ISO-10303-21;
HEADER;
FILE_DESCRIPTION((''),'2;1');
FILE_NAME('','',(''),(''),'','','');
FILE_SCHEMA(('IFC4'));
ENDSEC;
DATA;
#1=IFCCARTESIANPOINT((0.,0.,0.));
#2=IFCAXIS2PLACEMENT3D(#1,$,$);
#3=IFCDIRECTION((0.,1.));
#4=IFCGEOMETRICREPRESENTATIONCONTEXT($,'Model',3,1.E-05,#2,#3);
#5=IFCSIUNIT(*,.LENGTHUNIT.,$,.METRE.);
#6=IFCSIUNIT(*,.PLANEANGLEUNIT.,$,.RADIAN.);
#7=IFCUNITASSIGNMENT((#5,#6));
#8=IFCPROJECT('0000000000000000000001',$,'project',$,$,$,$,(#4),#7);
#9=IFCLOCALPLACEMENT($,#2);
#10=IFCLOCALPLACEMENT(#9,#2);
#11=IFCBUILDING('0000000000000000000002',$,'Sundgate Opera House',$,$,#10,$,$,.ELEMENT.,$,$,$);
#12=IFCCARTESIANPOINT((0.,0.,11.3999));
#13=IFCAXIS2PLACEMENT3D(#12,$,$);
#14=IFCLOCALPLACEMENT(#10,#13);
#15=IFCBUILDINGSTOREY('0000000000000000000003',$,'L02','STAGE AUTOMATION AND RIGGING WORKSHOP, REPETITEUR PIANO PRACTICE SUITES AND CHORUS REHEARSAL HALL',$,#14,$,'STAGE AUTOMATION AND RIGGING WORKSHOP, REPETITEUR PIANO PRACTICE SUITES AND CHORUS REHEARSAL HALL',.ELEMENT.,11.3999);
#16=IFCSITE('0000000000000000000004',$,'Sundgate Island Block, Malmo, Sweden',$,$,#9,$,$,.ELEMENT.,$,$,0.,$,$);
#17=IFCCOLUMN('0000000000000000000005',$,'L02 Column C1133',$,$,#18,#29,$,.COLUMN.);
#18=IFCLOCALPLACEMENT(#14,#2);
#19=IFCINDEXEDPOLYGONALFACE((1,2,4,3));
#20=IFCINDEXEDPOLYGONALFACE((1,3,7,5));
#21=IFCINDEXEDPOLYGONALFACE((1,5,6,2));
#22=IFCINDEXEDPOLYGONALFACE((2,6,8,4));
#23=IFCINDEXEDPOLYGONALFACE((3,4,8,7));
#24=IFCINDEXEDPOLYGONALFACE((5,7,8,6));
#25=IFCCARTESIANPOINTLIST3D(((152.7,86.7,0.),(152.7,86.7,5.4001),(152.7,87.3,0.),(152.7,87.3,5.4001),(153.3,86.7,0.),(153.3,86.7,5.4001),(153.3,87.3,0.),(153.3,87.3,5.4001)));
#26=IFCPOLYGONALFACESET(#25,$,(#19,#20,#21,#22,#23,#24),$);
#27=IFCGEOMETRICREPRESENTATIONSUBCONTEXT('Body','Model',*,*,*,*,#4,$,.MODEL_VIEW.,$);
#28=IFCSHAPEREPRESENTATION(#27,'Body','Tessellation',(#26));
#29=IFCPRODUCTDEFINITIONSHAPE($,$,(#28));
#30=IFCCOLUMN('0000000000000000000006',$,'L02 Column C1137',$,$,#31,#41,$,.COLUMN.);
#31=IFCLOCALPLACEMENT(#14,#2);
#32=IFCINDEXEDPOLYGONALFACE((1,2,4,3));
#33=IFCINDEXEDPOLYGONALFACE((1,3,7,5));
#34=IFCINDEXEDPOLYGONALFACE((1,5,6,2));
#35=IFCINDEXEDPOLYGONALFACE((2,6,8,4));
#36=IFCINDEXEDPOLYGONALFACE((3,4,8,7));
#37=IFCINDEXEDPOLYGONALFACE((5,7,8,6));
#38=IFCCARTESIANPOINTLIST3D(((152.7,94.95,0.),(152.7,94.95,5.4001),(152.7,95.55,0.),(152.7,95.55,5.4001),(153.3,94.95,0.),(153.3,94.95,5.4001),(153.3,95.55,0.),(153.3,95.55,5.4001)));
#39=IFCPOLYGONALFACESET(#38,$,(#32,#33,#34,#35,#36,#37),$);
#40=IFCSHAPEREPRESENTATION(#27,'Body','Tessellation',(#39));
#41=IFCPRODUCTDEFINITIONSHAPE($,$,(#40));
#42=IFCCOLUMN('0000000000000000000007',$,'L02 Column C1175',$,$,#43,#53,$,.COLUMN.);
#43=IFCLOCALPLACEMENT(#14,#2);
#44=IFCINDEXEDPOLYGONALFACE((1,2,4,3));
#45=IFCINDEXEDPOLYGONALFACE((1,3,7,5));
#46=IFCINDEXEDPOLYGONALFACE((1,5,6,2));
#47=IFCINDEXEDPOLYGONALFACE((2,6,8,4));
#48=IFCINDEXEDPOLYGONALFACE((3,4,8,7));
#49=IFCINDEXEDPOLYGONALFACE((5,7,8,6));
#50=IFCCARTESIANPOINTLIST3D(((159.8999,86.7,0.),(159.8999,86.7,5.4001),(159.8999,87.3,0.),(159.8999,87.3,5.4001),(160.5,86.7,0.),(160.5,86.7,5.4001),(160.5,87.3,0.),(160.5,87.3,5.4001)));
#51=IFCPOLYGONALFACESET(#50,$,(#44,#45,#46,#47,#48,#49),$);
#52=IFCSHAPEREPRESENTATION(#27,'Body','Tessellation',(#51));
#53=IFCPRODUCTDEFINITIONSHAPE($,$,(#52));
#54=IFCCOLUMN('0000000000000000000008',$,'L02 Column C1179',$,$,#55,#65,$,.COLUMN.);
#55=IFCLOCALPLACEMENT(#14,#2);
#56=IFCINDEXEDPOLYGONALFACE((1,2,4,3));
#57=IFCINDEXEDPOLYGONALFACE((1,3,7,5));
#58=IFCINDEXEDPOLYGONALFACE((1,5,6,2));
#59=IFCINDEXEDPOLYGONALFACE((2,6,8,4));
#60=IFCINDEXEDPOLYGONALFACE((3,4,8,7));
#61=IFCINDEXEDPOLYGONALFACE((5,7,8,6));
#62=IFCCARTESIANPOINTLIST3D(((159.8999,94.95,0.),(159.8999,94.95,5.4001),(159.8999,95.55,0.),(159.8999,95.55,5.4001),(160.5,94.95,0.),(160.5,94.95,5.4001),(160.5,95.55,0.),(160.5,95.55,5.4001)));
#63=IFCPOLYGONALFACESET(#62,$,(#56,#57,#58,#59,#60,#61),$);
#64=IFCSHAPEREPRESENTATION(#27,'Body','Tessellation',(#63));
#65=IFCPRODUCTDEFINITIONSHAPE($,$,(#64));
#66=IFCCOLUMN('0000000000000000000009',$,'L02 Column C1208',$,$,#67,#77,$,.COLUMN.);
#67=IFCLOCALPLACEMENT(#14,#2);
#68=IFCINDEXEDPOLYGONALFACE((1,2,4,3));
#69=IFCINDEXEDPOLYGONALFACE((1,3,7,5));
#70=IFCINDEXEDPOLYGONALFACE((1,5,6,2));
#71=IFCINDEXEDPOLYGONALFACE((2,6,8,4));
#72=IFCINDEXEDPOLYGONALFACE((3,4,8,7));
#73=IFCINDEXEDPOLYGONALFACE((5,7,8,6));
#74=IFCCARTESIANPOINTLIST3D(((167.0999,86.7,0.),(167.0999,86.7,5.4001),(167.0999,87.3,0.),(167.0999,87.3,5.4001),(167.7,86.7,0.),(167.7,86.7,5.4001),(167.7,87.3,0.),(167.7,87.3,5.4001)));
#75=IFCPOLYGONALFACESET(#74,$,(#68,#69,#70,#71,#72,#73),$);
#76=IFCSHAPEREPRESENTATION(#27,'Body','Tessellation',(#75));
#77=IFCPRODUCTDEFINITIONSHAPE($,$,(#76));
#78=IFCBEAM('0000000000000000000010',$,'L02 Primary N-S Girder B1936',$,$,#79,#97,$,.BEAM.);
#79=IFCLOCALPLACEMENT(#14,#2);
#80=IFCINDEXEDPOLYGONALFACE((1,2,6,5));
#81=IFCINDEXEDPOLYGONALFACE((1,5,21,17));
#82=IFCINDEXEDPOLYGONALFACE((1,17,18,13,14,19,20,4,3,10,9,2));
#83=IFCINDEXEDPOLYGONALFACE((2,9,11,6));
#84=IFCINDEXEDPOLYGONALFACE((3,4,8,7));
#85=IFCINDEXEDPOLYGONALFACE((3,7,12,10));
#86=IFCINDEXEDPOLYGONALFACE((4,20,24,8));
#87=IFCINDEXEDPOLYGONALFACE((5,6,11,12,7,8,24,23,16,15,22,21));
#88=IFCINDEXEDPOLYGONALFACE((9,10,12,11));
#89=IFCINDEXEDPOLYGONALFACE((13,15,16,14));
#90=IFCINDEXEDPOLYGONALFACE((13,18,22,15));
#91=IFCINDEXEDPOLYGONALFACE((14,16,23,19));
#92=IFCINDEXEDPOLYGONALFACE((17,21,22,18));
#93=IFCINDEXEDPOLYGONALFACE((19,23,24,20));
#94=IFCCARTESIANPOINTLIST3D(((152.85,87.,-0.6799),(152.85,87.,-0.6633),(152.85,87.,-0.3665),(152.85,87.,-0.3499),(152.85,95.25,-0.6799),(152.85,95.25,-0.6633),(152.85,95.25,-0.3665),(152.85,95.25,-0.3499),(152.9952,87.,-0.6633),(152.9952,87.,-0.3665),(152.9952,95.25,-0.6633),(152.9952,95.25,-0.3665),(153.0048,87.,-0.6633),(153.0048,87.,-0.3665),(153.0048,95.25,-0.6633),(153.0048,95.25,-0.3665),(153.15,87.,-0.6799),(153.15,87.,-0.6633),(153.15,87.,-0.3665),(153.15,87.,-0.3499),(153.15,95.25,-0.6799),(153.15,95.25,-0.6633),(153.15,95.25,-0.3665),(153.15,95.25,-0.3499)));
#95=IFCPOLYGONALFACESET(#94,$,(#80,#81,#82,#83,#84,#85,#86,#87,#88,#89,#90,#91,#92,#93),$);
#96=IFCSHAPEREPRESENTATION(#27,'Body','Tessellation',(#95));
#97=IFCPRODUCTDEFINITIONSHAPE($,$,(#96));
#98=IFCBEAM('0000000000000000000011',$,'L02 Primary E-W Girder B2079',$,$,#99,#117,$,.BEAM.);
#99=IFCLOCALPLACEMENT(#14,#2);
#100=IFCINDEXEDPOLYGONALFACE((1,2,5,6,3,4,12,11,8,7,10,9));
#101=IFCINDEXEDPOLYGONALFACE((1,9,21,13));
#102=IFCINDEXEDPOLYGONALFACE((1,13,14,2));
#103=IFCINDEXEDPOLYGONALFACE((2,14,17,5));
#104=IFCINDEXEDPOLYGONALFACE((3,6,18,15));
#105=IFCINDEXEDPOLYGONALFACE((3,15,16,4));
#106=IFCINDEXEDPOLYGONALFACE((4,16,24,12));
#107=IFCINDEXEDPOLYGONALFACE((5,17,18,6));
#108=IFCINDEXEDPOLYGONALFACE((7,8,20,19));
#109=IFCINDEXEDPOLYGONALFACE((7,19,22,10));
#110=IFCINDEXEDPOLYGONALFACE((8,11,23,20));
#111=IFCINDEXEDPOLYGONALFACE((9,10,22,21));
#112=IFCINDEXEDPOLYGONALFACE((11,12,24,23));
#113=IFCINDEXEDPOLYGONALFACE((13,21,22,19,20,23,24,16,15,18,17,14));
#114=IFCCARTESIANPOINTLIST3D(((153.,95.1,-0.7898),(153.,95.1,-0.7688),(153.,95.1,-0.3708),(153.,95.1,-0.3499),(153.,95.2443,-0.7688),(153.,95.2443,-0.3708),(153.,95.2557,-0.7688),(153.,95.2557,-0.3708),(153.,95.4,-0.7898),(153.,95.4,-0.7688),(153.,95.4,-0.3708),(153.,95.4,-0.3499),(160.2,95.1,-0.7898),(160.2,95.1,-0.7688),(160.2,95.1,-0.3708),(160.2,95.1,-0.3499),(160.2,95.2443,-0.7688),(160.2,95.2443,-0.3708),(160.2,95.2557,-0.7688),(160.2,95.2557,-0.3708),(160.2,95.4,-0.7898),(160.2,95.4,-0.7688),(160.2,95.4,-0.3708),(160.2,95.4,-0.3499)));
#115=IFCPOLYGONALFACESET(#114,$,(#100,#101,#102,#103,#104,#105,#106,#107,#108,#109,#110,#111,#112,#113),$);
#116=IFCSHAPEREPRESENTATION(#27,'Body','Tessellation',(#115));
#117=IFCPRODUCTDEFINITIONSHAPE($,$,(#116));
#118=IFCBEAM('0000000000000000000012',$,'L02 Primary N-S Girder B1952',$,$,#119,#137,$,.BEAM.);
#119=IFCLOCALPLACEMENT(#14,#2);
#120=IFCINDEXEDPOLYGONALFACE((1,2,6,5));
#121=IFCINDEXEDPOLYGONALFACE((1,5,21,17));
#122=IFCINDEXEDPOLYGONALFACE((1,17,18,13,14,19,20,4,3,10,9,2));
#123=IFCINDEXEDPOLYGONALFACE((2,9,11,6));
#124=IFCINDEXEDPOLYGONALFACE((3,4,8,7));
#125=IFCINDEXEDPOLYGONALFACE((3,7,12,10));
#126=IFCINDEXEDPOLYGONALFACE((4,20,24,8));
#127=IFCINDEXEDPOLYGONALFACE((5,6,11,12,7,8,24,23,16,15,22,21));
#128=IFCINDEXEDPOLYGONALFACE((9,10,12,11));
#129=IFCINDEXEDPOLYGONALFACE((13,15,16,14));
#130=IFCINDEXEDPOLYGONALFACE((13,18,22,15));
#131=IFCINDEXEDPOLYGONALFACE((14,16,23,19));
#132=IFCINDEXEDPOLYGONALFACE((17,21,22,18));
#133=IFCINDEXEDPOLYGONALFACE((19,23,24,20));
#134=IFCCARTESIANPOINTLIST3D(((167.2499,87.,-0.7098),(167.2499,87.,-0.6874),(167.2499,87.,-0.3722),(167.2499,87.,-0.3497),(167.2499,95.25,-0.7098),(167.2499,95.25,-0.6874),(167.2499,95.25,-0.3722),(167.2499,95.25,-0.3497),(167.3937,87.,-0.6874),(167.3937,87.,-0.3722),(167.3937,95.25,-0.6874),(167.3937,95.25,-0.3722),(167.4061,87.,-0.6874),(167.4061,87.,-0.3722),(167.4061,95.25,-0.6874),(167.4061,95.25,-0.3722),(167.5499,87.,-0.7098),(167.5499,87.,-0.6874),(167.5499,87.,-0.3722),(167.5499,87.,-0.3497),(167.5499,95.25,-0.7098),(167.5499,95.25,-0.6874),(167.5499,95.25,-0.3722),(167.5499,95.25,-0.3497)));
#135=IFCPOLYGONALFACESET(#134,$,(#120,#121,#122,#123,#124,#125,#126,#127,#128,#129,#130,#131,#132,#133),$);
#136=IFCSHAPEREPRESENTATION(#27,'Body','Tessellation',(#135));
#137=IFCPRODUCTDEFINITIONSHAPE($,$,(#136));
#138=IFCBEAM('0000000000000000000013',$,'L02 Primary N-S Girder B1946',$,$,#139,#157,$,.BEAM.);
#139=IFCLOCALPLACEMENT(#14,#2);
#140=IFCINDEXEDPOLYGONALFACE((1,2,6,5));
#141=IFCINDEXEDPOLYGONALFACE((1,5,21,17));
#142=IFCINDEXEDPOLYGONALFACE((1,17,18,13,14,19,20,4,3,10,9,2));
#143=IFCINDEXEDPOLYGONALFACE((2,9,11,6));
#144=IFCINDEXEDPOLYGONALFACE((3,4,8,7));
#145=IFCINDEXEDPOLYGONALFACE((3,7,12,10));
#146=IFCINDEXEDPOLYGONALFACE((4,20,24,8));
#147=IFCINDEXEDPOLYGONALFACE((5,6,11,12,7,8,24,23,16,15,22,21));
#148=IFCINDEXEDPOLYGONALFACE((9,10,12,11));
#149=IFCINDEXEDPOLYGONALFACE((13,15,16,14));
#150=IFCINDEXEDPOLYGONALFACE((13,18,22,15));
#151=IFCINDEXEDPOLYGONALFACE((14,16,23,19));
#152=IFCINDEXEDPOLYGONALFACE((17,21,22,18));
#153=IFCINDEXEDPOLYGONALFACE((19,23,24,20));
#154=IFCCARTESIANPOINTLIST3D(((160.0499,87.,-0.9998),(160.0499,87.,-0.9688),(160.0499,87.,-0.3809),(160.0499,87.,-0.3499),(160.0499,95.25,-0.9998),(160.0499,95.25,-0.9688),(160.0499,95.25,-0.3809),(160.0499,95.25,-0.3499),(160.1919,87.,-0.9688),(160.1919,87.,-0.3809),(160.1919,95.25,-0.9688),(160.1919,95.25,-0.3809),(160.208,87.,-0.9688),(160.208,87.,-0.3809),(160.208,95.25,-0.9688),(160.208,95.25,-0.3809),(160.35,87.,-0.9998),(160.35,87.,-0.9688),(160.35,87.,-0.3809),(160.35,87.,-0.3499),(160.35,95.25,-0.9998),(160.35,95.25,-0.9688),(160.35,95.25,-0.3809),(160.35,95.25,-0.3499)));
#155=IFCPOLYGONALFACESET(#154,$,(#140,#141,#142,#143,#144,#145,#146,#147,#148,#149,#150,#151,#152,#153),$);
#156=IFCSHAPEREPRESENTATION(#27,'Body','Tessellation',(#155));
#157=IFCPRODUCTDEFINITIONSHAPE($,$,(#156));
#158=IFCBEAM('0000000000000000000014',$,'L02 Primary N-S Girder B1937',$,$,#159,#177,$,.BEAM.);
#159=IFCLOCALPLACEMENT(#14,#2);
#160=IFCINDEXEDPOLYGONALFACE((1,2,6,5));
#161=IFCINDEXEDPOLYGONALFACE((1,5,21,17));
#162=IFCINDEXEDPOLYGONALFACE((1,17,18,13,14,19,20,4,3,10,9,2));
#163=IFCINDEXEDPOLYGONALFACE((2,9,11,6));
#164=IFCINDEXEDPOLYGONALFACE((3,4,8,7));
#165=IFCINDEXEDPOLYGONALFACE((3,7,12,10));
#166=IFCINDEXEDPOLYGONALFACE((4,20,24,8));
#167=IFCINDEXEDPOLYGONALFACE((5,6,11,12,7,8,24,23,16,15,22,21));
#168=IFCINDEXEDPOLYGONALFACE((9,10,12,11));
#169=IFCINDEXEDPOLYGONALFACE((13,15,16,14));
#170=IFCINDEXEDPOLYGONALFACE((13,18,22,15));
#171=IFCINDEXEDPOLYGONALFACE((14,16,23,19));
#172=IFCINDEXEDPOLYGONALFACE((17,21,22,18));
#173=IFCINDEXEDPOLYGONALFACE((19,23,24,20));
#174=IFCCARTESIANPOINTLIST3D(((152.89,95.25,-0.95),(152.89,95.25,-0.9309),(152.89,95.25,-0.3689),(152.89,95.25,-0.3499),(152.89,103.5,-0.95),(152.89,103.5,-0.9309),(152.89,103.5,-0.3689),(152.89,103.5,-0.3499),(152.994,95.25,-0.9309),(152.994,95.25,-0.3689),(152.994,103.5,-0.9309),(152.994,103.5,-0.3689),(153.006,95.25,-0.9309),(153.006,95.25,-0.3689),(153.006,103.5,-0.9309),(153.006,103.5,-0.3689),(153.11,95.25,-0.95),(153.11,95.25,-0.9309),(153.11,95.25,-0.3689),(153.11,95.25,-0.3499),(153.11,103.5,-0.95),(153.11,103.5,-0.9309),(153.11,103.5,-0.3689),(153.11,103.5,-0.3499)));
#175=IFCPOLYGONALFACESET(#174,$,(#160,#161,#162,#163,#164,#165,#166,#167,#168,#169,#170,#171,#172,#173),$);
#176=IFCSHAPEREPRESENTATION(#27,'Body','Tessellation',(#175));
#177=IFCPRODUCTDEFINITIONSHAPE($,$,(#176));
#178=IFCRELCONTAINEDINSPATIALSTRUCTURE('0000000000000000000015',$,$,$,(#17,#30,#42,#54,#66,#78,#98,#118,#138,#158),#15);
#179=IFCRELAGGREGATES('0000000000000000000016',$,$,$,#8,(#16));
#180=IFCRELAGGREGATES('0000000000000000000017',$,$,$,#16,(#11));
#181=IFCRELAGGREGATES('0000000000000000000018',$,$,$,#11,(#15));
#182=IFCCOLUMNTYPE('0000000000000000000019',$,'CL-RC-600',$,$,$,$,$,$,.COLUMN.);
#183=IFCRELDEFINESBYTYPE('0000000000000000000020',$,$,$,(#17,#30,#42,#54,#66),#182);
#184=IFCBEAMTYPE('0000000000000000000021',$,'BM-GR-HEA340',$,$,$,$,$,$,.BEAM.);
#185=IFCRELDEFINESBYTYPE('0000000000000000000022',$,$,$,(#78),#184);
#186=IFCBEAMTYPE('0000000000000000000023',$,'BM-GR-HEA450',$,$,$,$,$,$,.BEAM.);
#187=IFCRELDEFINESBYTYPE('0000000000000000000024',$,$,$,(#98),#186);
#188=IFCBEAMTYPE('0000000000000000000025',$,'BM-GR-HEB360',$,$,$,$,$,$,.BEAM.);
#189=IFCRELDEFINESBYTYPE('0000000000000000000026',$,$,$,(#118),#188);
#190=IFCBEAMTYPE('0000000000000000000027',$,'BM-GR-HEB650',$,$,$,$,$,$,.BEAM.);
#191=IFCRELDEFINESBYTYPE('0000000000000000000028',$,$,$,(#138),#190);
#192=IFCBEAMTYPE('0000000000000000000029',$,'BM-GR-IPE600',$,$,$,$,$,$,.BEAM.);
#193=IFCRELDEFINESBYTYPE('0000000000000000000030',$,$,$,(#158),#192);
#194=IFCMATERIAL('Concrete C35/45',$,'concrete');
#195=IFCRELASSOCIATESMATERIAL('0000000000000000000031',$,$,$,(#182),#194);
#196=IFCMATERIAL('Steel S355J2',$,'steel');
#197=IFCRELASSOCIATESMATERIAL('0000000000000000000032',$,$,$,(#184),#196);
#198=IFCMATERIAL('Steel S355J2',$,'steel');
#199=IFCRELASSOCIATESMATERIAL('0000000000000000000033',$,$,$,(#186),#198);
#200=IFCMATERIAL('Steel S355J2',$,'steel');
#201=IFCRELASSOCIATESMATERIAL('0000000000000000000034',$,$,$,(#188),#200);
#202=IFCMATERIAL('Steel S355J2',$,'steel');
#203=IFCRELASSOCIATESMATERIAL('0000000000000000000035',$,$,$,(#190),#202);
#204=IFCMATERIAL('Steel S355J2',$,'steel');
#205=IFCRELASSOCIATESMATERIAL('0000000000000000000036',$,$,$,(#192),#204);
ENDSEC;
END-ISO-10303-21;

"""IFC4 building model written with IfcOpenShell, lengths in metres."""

from ifc_helpers import new_model, si_unit, direction, frame, origin, origin_2d, place, context, subcontext, project, spatial, rectangle, i_section, extrude, material, material_profile, profile_set, type_object, element, save


model = new_model("IFC4")

# Units and contexts
model_context = context("Model", 3, precision=1e-05, world=origin(), true_north=direction((0.0, 1.0)))
body_context = subcontext(model_context, "Body", "Model", "MODEL_VIEW")
ifc_project = project(units=[si_unit("LENGTHUNIT", "METRE"), si_unit("PLANEANGLEUNIT", "RADIAN")], contexts=[model_context])

# Site, building, storey
site_placement = place(None, origin())
site = spatial("IfcSite", under=ifc_project, at=site_placement, Name="Sundgate Island Block, Malmo, Sweden", CompositionType="ELEMENT", RefElevation=0.0)
building_placement = place(site_placement, origin())
building = spatial("IfcBuilding", under=site, at=building_placement, Name="Sundgate Opera House", CompositionType="ELEMENT")
storey_placement = place(building_placement, frame((0.0, 0.0, 11.3999)))
storey = spatial("IfcBuildingStorey", under=building, at=storey_placement, Name="L02", Description="STAGE AUTOMATION AND RIGGING WORKSHOP, REPETITEUR PIANO PRACTICE SUITES AND CHORUS REHEARSAL HALL", LongName="STAGE AUTOMATION AND RIGGING WORKSHOP, REPETITEUR PIANO PRACTICE SUITES AND CHORUS REHEARSAL HALL", CompositionType="ELEMENT", Elevation=11.3999)

# Columns
ifc_material_1 = material(Name="Concrete C35/45", Category="concrete")
ifc_material_profile_1 = material_profile(ifc_material_1, rectangle(XDim=0.6001, YDim=0.6001, at=origin_2d()), Name="RC 600x600")
ifc_profile_set_1 = profile_set([ifc_material_profile_1], Name="Concrete C35/45")
column_type = type_object("IfcColumnType", Name="CL-RC-600", PredefinedType="COLUMN", material=ifc_profile_set_1)
for number, where, z_axis, x_axis, name in (
    (1, (153.0, 87.0, 0.0), (0.0, 0.0, 1.0), (1.0, 0.0, 0.0), "L02 Column C1133"),
    (2, (153.0, 95.25, 0.0), (0.0, 0.0, 1.0), (1.0, 0.0, 0.0), "L02 Column C1137"),
    (3, (160.2, 87.0, 0.0), (0.0, 0.0, 1.0), (1.0, 0.0, 0.0), "L02 Column C1175"),
    (4, (160.2, 95.25, 0.0), (0.0, 0.0, 1.0), (1.0, 0.0, 0.0), "L02 Column C1179"),
    (5, (167.3999, 87.0, 0.0), (0.0, 0.0, 1.0), (1.0, 0.0, 0.0), "L02 Column C1208"),
):
    element("IfcColumn", number, at=place(storey_placement, frame(where, z_axis=z_axis, x_axis=x_axis)), inside=storey, type_object=column_type, Name=name, PredefinedType="COLUMN", context=body_context, shape_type="SweptSolid", body=[
        extrude(rectangle(XDim=0.6001, YDim=0.6001, at=origin_2d()), origin(), (0.0, 0.0, 1.0), 5.4001),
    ])

# Beams
ifc_material_2 = material(Name="Steel S355J2", Category="steel")
ifc_material_profile_2 = material_profile(ifc_material_2, i_section(OverallWidth=0.3, OverallDepth=0.3301, WebThickness=0.0095, FlangeThickness=0.0166, at=origin_2d()), Name="HEA 340")
ifc_profile_set_2 = profile_set([ifc_material_profile_2], Name="Steel S355J2")
beam_type_1 = type_object("IfcBeamType", Name="BM-GR-HEA340", PredefinedType="BEAM", material=ifc_profile_set_2)
beam_1_placement = place(storey_placement, frame((153.0, 87.0, -0.5149), z_axis=(0.0, 1.0, 0.0), x_axis=(-1.0, 0.0, 0.0)))
element("IfcBeam", 6, at=beam_1_placement, inside=storey, type_object=beam_type_1, Name="L02 Primary N-S Girder B1936", PredefinedType="BEAM", context=body_context, shape_type="SweptSolid", body=[
    extrude(i_section(OverallWidth=0.3, OverallDepth=0.3301, WebThickness=0.0095, FlangeThickness=0.0166, at=origin_2d()), origin(), (0.0, 0.0, 1.0), 8.25),
])
ifc_material_3 = material(Name="Steel S355J2", Category="steel")
ifc_material_profile_3 = material_profile(ifc_material_3, i_section(OverallWidth=0.3, OverallDepth=0.4399, WebThickness=0.0115, FlangeThickness=0.021, at=origin_2d()), Name="HEA 450")
ifc_profile_set_3 = profile_set([ifc_material_profile_3], Name="Steel S355J2")
beam_type_2 = type_object("IfcBeamType", Name="BM-GR-HEA450", PredefinedType="BEAM", material=ifc_profile_set_3)
beam_2_placement = place(storey_placement, frame((153.0, 95.25, -0.5698), z_axis=(1.0, 0.0, 0.0), x_axis=(0.0, 1.0, 0.0)))
element("IfcBeam", 7, at=beam_2_placement, inside=storey, type_object=beam_type_2, Name="L02 Primary E-W Girder B2079", PredefinedType="BEAM", context=body_context, shape_type="SweptSolid", body=[
    extrude(i_section(OverallWidth=0.3, OverallDepth=0.4399, WebThickness=0.0115, FlangeThickness=0.021, at=origin_2d()), origin(), (0.0, 0.0, 1.0), 7.2),
])
ifc_material_4 = material(Name="Steel S355J2", Category="steel")
ifc_material_profile_4 = material_profile(ifc_material_4, i_section(OverallWidth=0.3, OverallDepth=0.3601, WebThickness=0.0125, FlangeThickness=0.0225, at=origin_2d()), Name="HEB 360")
ifc_profile_set_4 = profile_set([ifc_material_profile_4], Name="Steel S355J2")
beam_type_3 = type_object("IfcBeamType", Name="BM-GR-HEB360", PredefinedType="BEAM", material=ifc_profile_set_4)
beam_3_placement = place(storey_placement, frame((167.3999, 87.0, -0.5298), z_axis=(0.0, 1.0, 0.0), x_axis=(-1.0, 0.0, 0.0)))
element("IfcBeam", 8, at=beam_3_placement, inside=storey, type_object=beam_type_3, Name="L02 Primary N-S Girder B1952", PredefinedType="BEAM", context=body_context, shape_type="SweptSolid", body=[
    extrude(i_section(OverallWidth=0.3, OverallDepth=0.3601, WebThickness=0.0125, FlangeThickness=0.0225, at=origin_2d()), origin(), (0.0, 0.0, 1.0), 8.25),
])
ifc_material_5 = material(Name="Steel S355J2", Category="steel")
ifc_material_profile_5 = material_profile(ifc_material_5, i_section(OverallWidth=0.3, OverallDepth=0.6499, WebThickness=0.0161, FlangeThickness=0.031, at=origin_2d()), Name="HEB 650")
ifc_profile_set_5 = profile_set([ifc_material_profile_5], Name="Steel S355J2")
beam_type_4 = type_object("IfcBeamType", Name="BM-GR-HEB650", PredefinedType="BEAM", material=ifc_profile_set_5)
beam_4_placement = place(storey_placement, frame((160.2, 87.0, -0.6748), z_axis=(0.0, 1.0, 0.0), x_axis=(-1.0, 0.0, 0.0)))
element("IfcBeam", 9, at=beam_4_placement, inside=storey, type_object=beam_type_4, Name="L02 Primary N-S Girder B1946", PredefinedType="BEAM", context=body_context, shape_type="SweptSolid", body=[
    extrude(i_section(OverallWidth=0.3, OverallDepth=0.6499, WebThickness=0.0161, FlangeThickness=0.031, at=origin_2d()), origin(), (0.0, 0.0, 1.0), 8.25),
])
ifc_material_6 = material(Name="Steel S355J2", Category="steel")
ifc_material_profile_6 = material_profile(ifc_material_6, i_section(OverallWidth=0.22, OverallDepth=0.6001, WebThickness=0.012, FlangeThickness=0.019, at=origin_2d()), Name="IPE 600")
ifc_profile_set_6 = profile_set([ifc_material_profile_6], Name="Steel S355J2")
beam_type_5 = type_object("IfcBeamType", Name="BM-GR-IPE600", PredefinedType="BEAM", material=ifc_profile_set_6)
beam_5_placement = place(storey_placement, frame((153.0, 95.25, -0.6499), z_axis=(0.0, 1.0, 0.0), x_axis=(-1.0, 0.0, 0.0)))
element("IfcBeam", 10, at=beam_5_placement, inside=storey, type_object=beam_type_5, Name="L02 Primary N-S Girder B1937", PredefinedType="BEAM", context=body_context, shape_type="SweptSolid", body=[
    extrude(i_section(OverallWidth=0.22, OverallDepth=0.6001, WebThickness=0.012, FlangeThickness=0.019, at=origin_2d()), origin(), (0.0, 0.0, 1.0), 8.25),
])

save(model, "model.ifc")
